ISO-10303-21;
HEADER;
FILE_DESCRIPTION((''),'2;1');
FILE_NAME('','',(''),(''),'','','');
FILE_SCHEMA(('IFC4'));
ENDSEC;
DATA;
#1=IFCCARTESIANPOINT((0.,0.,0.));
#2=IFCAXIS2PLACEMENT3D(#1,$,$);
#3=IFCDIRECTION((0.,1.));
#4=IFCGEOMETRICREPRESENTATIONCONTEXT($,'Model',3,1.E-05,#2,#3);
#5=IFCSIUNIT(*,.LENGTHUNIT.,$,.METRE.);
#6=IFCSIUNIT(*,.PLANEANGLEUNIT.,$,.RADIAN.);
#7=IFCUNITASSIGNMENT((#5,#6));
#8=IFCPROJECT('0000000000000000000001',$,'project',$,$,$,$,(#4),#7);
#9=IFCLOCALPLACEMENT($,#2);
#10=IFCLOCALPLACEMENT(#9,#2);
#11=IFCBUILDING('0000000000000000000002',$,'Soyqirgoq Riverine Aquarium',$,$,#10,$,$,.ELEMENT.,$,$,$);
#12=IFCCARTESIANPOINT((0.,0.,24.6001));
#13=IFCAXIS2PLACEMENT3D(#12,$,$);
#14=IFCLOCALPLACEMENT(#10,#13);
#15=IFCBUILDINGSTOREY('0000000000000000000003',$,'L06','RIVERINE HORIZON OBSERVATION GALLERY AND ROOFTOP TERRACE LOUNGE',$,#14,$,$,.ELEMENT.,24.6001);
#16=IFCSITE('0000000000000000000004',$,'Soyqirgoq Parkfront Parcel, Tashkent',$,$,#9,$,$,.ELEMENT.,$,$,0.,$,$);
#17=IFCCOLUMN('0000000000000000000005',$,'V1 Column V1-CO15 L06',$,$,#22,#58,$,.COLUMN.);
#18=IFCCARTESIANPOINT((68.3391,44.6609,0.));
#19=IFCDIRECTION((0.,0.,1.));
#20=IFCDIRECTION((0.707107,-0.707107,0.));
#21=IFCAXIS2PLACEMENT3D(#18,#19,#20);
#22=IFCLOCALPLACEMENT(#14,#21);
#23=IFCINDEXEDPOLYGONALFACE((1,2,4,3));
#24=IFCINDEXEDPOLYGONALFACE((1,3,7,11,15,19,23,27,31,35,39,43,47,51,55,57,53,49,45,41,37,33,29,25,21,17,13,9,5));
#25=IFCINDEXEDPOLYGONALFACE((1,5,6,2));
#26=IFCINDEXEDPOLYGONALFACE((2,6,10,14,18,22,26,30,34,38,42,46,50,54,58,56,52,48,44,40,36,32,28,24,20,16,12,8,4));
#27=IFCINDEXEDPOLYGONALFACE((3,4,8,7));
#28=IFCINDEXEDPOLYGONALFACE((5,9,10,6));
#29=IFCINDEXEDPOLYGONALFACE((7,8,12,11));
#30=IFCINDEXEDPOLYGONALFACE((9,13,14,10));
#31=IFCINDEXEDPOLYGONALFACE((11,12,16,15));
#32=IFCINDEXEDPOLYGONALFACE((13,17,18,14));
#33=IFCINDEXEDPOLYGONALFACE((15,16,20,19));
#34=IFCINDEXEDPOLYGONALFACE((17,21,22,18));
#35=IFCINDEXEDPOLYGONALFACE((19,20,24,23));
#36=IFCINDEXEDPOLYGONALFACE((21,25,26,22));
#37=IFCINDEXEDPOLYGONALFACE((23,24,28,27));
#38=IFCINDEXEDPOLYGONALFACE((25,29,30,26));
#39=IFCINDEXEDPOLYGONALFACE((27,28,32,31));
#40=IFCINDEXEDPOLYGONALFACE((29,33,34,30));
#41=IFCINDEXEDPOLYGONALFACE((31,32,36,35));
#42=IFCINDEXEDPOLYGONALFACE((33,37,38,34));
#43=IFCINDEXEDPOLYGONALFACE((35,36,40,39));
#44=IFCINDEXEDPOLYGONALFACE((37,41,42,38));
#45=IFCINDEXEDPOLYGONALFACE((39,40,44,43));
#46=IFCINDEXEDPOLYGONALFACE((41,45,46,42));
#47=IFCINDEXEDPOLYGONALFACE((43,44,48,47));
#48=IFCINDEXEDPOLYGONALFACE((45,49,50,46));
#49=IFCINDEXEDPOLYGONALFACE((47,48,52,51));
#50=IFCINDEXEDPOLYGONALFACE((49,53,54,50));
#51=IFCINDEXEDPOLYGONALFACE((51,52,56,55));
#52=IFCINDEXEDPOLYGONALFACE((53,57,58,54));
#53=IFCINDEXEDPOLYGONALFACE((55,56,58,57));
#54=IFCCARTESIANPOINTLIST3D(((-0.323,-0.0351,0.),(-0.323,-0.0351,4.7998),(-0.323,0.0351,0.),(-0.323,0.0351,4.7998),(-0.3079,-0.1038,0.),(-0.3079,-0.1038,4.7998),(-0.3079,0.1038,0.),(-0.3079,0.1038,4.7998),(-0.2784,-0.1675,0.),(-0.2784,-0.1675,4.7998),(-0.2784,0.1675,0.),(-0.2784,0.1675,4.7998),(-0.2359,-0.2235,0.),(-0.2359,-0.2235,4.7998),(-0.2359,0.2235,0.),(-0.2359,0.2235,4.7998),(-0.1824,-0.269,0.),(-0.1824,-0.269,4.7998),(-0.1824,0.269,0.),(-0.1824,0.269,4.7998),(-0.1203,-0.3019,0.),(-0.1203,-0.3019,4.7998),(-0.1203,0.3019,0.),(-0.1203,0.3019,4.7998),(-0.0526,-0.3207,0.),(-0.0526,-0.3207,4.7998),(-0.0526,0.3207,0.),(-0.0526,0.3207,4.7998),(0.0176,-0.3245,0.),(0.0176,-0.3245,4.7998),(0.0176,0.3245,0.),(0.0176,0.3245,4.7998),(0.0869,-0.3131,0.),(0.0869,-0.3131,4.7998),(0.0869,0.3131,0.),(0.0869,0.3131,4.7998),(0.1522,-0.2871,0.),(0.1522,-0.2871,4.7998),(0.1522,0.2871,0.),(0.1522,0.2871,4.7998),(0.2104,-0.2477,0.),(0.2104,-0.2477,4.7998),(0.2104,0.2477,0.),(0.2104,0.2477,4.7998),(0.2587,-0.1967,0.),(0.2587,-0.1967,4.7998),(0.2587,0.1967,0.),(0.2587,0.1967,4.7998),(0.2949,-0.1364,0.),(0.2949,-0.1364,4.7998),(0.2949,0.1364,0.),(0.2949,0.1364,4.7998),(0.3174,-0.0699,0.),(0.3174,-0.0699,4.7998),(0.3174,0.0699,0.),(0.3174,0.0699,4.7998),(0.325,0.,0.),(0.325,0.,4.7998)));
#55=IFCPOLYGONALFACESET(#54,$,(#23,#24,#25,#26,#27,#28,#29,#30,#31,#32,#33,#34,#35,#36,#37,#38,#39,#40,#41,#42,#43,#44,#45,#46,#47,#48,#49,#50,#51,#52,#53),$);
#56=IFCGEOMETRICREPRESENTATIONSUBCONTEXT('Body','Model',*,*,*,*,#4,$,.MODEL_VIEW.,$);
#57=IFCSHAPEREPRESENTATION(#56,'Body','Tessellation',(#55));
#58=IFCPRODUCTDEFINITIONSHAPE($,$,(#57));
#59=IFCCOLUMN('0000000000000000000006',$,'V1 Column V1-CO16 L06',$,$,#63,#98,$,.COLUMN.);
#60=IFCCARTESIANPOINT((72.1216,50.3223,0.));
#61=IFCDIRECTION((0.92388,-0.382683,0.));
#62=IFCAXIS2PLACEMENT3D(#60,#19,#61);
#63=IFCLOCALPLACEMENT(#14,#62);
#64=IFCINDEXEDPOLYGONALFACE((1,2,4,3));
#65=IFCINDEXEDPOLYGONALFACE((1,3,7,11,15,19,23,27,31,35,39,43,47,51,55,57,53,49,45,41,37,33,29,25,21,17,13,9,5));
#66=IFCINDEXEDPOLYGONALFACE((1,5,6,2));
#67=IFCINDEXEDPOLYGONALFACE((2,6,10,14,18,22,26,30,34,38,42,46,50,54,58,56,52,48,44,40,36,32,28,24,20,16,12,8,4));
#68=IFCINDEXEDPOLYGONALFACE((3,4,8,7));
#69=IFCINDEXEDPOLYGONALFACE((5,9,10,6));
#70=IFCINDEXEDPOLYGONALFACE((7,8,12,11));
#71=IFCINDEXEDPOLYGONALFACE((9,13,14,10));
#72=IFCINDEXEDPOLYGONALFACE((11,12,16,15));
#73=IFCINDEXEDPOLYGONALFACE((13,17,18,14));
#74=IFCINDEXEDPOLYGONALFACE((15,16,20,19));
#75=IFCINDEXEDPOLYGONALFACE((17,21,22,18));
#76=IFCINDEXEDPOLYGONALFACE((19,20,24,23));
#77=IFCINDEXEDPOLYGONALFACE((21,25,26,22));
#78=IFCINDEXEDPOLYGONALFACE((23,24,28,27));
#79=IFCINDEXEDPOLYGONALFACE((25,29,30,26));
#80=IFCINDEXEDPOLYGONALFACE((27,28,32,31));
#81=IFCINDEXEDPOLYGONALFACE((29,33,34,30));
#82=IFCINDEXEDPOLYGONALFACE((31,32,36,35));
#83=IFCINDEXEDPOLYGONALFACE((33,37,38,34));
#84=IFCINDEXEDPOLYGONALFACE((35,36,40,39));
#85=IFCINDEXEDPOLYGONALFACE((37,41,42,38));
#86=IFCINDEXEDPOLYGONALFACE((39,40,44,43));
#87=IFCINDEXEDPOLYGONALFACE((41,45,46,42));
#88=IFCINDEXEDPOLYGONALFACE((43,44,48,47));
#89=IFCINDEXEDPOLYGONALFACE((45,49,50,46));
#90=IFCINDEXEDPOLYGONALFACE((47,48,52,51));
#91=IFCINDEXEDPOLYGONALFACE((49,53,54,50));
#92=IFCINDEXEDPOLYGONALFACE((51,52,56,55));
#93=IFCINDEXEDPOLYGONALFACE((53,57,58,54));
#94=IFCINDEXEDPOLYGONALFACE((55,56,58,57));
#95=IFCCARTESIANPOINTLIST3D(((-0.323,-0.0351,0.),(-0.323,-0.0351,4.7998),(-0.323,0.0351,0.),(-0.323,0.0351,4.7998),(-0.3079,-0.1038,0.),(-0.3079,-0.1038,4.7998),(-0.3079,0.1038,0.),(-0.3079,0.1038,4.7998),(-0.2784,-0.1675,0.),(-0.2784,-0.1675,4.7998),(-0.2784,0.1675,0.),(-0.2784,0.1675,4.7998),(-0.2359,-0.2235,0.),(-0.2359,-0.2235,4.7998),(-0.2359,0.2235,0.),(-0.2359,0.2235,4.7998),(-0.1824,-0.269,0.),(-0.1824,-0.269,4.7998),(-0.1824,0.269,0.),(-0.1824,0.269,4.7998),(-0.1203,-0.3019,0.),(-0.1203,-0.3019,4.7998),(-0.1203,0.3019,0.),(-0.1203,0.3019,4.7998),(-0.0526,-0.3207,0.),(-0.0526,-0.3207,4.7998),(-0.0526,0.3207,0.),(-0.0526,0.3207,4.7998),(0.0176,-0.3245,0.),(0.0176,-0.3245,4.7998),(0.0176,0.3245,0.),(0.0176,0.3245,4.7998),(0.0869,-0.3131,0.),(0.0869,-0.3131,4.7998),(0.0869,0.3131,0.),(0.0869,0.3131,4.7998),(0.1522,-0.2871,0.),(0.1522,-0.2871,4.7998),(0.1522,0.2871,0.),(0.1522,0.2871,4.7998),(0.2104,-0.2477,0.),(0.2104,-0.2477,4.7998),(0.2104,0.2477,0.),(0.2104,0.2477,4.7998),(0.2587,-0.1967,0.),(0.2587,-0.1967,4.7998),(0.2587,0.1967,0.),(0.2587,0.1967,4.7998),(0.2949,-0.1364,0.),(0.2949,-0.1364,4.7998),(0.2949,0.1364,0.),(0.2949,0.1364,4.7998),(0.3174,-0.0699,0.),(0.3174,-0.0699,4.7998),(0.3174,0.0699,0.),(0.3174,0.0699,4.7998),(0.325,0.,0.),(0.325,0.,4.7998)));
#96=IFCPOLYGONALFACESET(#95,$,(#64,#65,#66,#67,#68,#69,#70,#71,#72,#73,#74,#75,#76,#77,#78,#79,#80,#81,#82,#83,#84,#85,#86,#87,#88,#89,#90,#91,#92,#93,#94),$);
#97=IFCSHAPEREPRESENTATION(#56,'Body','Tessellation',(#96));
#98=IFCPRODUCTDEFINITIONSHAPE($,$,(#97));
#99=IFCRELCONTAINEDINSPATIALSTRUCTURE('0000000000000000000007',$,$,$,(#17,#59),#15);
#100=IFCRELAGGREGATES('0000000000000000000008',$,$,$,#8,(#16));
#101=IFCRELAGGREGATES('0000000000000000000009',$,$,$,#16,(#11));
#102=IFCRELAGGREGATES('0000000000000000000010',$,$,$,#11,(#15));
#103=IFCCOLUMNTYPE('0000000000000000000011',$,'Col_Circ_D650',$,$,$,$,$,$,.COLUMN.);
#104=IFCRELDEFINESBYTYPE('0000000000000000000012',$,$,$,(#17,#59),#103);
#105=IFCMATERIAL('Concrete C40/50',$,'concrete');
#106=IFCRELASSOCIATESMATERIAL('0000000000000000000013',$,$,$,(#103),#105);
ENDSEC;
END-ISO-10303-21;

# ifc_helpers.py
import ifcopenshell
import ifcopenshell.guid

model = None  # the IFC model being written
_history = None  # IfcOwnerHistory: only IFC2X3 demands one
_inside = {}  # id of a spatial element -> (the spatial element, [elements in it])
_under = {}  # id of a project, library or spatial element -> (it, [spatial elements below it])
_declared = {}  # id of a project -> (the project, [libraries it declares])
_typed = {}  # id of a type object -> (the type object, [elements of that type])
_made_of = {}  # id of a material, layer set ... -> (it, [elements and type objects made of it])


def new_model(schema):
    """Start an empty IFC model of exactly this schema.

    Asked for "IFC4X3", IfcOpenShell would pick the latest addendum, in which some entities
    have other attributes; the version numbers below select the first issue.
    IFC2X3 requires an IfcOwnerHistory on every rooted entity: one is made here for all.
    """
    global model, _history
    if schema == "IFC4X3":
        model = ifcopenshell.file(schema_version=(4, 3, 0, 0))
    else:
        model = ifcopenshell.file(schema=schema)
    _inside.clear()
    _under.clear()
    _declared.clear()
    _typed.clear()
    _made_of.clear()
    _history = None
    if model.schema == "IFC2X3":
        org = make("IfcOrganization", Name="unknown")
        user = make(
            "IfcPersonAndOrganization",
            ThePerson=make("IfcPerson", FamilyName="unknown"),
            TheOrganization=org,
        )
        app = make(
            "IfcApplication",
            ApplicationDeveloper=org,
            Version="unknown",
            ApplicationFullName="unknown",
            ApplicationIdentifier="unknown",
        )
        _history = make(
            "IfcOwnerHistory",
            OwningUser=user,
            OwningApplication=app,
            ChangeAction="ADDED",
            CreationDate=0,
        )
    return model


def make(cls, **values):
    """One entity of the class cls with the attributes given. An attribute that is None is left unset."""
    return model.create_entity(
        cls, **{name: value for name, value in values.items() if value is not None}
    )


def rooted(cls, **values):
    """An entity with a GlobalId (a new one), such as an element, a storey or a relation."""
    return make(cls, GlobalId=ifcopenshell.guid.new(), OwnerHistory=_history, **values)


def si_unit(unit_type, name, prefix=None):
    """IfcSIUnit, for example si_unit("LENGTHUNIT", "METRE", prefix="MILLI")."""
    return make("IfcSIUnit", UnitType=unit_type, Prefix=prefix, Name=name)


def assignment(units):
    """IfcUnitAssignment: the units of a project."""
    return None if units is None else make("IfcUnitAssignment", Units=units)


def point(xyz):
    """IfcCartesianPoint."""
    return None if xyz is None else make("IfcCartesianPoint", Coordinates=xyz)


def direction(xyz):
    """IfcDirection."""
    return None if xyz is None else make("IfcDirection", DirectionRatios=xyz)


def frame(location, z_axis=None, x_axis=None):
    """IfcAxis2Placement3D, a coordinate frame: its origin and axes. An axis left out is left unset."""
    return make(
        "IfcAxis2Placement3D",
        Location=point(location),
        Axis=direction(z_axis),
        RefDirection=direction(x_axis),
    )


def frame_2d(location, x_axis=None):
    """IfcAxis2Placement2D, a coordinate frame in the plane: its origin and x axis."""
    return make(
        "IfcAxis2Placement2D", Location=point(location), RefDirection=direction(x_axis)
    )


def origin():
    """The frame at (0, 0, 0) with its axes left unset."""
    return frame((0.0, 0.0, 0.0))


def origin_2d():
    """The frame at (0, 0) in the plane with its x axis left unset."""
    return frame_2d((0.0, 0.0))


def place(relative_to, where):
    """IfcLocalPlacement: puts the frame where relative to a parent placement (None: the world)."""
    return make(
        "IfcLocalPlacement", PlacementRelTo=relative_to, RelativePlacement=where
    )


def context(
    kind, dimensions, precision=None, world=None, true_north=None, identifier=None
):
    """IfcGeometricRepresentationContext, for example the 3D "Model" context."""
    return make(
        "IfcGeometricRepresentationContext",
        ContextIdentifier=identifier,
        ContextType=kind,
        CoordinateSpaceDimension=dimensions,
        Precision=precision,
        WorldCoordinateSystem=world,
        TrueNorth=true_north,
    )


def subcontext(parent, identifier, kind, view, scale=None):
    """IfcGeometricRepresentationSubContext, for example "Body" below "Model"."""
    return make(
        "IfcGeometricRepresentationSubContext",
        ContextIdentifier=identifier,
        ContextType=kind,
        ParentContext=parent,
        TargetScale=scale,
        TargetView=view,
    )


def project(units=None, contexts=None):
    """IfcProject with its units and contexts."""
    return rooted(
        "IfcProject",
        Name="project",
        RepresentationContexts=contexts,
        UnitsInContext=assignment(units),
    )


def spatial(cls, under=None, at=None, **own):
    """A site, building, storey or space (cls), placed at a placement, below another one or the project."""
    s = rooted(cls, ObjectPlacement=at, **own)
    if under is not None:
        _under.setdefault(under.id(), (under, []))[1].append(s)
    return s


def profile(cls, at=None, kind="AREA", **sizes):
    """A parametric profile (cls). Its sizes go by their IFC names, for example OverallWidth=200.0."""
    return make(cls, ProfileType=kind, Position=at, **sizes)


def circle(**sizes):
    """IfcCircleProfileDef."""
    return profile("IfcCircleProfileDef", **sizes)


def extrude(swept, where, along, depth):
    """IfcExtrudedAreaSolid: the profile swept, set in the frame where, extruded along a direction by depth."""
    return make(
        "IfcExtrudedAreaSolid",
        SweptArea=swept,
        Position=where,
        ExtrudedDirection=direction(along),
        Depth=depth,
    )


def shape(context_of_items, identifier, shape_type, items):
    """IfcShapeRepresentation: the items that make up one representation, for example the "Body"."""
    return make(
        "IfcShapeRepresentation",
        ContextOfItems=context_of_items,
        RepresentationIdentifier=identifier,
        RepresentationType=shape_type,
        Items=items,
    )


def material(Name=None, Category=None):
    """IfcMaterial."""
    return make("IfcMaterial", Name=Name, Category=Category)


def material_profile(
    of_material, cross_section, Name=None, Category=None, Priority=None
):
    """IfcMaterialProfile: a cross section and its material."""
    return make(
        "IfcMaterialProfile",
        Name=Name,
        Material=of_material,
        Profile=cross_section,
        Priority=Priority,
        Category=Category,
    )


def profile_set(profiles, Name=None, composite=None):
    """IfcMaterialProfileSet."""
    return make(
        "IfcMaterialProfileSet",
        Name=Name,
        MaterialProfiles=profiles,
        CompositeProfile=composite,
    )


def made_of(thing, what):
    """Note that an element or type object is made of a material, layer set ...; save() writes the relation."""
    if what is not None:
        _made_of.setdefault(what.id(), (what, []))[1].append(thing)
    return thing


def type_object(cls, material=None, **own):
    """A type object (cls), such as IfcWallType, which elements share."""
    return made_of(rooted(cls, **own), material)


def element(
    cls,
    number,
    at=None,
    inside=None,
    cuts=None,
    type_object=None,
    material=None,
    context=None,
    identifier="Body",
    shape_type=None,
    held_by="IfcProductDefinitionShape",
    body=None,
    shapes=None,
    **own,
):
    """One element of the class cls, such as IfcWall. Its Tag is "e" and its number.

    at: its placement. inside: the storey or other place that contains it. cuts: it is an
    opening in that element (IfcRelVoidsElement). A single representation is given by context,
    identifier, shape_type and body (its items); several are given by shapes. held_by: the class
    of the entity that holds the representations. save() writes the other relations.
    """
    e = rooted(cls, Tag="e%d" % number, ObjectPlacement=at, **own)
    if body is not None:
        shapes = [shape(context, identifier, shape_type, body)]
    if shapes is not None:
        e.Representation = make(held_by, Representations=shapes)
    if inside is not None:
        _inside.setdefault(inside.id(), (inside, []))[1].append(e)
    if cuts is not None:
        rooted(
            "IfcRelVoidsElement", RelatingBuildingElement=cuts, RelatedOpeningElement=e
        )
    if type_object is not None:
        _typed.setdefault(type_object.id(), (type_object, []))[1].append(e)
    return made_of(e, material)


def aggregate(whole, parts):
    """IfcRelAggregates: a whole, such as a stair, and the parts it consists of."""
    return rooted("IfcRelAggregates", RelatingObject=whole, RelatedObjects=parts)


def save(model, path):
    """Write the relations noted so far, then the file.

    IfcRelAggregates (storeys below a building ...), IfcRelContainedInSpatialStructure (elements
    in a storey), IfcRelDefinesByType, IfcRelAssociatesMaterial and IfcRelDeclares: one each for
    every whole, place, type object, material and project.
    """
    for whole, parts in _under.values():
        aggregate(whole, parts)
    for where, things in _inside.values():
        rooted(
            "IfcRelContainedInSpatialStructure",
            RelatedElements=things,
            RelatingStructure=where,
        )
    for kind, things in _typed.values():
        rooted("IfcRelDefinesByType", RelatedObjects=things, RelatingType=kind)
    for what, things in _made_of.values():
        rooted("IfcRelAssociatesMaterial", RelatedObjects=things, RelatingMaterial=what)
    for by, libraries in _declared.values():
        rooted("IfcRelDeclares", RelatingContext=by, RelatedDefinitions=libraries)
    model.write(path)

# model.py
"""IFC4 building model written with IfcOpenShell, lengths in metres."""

from ifc_helpers import new_model, si_unit, direction, frame, origin, origin_2d, place, context, subcontext, project, spatial, circle, extrude, material, material_profile, profile_set, type_object, element, save


model = new_model("IFC4")

# Units and contexts
model_context = context("Model", 3, precision=1e-05, world=origin(), true_north=direction((0.0, 1.0)))
body_context = subcontext(model_context, "Body", "Model", "MODEL_VIEW")
ifc_project = project(units=[si_unit("LENGTHUNIT", "METRE"), si_unit("PLANEANGLEUNIT", "RADIAN")], contexts=[model_context])

# Site, building, storey
site_placement = place(None, origin())
site = spatial("IfcSite", under=ifc_project, at=site_placement, Name="Soyqirgoq Parkfront Parcel, Tashkent", CompositionType="ELEMENT", RefElevation=0.0)
building_placement = place(site_placement, origin())
building = spatial("IfcBuilding", under=site, at=building_placement, Name="Soyqirgoq Riverine Aquarium", CompositionType="ELEMENT")
storey_placement = place(building_placement, frame((0.0, 0.0, 24.6001)))
storey = spatial("IfcBuildingStorey", under=building, at=storey_placement, Name="L06", Description="RIVERINE HORIZON OBSERVATION GALLERY AND ROOFTOP TERRACE LOUNGE", CompositionType="ELEMENT", Elevation=24.6001)

# Columns
ifc_material_1 = material(Name="Concrete C40/50", Category="concrete")
ifc_material_profile_1 = material_profile(ifc_material_1, circle(Radius=0.325, at=origin_2d()), Name="RC-COL D650")
ifc_profile_set_1 = profile_set([ifc_material_profile_1], Name="Concrete C40/50")
column_type = type_object("IfcColumnType", Name="Col_Circ_D650", PredefinedType="COLUMN", material=ifc_profile_set_1)
for number, where, z_axis, x_axis, name in (
    (1, (68.3391, 44.6609, 0.0), (0.0, 0.0, 1.0), (0.707107, -0.707107, 0.0), "V1 Column V1-CO15 L06"),
    (2, (72.1216, 50.3223, 0.0), (0.0, 0.0, 1.0), (0.92388, -0.382683, 0.0), "V1 Column V1-CO16 L06"),
):
    element("IfcColumn", number, at=place(storey_placement, frame(where, z_axis=z_axis, x_axis=x_axis)), inside=storey, type_object=column_type, Name=name, PredefinedType="COLUMN", context=body_context, shape_type="SweptSolid", body=[
        extrude(circle(Radius=0.325, at=origin_2d()), origin(), (0.0, 0.0, 1.0), 4.7998),
    ])

save(model, "model.ifc")
